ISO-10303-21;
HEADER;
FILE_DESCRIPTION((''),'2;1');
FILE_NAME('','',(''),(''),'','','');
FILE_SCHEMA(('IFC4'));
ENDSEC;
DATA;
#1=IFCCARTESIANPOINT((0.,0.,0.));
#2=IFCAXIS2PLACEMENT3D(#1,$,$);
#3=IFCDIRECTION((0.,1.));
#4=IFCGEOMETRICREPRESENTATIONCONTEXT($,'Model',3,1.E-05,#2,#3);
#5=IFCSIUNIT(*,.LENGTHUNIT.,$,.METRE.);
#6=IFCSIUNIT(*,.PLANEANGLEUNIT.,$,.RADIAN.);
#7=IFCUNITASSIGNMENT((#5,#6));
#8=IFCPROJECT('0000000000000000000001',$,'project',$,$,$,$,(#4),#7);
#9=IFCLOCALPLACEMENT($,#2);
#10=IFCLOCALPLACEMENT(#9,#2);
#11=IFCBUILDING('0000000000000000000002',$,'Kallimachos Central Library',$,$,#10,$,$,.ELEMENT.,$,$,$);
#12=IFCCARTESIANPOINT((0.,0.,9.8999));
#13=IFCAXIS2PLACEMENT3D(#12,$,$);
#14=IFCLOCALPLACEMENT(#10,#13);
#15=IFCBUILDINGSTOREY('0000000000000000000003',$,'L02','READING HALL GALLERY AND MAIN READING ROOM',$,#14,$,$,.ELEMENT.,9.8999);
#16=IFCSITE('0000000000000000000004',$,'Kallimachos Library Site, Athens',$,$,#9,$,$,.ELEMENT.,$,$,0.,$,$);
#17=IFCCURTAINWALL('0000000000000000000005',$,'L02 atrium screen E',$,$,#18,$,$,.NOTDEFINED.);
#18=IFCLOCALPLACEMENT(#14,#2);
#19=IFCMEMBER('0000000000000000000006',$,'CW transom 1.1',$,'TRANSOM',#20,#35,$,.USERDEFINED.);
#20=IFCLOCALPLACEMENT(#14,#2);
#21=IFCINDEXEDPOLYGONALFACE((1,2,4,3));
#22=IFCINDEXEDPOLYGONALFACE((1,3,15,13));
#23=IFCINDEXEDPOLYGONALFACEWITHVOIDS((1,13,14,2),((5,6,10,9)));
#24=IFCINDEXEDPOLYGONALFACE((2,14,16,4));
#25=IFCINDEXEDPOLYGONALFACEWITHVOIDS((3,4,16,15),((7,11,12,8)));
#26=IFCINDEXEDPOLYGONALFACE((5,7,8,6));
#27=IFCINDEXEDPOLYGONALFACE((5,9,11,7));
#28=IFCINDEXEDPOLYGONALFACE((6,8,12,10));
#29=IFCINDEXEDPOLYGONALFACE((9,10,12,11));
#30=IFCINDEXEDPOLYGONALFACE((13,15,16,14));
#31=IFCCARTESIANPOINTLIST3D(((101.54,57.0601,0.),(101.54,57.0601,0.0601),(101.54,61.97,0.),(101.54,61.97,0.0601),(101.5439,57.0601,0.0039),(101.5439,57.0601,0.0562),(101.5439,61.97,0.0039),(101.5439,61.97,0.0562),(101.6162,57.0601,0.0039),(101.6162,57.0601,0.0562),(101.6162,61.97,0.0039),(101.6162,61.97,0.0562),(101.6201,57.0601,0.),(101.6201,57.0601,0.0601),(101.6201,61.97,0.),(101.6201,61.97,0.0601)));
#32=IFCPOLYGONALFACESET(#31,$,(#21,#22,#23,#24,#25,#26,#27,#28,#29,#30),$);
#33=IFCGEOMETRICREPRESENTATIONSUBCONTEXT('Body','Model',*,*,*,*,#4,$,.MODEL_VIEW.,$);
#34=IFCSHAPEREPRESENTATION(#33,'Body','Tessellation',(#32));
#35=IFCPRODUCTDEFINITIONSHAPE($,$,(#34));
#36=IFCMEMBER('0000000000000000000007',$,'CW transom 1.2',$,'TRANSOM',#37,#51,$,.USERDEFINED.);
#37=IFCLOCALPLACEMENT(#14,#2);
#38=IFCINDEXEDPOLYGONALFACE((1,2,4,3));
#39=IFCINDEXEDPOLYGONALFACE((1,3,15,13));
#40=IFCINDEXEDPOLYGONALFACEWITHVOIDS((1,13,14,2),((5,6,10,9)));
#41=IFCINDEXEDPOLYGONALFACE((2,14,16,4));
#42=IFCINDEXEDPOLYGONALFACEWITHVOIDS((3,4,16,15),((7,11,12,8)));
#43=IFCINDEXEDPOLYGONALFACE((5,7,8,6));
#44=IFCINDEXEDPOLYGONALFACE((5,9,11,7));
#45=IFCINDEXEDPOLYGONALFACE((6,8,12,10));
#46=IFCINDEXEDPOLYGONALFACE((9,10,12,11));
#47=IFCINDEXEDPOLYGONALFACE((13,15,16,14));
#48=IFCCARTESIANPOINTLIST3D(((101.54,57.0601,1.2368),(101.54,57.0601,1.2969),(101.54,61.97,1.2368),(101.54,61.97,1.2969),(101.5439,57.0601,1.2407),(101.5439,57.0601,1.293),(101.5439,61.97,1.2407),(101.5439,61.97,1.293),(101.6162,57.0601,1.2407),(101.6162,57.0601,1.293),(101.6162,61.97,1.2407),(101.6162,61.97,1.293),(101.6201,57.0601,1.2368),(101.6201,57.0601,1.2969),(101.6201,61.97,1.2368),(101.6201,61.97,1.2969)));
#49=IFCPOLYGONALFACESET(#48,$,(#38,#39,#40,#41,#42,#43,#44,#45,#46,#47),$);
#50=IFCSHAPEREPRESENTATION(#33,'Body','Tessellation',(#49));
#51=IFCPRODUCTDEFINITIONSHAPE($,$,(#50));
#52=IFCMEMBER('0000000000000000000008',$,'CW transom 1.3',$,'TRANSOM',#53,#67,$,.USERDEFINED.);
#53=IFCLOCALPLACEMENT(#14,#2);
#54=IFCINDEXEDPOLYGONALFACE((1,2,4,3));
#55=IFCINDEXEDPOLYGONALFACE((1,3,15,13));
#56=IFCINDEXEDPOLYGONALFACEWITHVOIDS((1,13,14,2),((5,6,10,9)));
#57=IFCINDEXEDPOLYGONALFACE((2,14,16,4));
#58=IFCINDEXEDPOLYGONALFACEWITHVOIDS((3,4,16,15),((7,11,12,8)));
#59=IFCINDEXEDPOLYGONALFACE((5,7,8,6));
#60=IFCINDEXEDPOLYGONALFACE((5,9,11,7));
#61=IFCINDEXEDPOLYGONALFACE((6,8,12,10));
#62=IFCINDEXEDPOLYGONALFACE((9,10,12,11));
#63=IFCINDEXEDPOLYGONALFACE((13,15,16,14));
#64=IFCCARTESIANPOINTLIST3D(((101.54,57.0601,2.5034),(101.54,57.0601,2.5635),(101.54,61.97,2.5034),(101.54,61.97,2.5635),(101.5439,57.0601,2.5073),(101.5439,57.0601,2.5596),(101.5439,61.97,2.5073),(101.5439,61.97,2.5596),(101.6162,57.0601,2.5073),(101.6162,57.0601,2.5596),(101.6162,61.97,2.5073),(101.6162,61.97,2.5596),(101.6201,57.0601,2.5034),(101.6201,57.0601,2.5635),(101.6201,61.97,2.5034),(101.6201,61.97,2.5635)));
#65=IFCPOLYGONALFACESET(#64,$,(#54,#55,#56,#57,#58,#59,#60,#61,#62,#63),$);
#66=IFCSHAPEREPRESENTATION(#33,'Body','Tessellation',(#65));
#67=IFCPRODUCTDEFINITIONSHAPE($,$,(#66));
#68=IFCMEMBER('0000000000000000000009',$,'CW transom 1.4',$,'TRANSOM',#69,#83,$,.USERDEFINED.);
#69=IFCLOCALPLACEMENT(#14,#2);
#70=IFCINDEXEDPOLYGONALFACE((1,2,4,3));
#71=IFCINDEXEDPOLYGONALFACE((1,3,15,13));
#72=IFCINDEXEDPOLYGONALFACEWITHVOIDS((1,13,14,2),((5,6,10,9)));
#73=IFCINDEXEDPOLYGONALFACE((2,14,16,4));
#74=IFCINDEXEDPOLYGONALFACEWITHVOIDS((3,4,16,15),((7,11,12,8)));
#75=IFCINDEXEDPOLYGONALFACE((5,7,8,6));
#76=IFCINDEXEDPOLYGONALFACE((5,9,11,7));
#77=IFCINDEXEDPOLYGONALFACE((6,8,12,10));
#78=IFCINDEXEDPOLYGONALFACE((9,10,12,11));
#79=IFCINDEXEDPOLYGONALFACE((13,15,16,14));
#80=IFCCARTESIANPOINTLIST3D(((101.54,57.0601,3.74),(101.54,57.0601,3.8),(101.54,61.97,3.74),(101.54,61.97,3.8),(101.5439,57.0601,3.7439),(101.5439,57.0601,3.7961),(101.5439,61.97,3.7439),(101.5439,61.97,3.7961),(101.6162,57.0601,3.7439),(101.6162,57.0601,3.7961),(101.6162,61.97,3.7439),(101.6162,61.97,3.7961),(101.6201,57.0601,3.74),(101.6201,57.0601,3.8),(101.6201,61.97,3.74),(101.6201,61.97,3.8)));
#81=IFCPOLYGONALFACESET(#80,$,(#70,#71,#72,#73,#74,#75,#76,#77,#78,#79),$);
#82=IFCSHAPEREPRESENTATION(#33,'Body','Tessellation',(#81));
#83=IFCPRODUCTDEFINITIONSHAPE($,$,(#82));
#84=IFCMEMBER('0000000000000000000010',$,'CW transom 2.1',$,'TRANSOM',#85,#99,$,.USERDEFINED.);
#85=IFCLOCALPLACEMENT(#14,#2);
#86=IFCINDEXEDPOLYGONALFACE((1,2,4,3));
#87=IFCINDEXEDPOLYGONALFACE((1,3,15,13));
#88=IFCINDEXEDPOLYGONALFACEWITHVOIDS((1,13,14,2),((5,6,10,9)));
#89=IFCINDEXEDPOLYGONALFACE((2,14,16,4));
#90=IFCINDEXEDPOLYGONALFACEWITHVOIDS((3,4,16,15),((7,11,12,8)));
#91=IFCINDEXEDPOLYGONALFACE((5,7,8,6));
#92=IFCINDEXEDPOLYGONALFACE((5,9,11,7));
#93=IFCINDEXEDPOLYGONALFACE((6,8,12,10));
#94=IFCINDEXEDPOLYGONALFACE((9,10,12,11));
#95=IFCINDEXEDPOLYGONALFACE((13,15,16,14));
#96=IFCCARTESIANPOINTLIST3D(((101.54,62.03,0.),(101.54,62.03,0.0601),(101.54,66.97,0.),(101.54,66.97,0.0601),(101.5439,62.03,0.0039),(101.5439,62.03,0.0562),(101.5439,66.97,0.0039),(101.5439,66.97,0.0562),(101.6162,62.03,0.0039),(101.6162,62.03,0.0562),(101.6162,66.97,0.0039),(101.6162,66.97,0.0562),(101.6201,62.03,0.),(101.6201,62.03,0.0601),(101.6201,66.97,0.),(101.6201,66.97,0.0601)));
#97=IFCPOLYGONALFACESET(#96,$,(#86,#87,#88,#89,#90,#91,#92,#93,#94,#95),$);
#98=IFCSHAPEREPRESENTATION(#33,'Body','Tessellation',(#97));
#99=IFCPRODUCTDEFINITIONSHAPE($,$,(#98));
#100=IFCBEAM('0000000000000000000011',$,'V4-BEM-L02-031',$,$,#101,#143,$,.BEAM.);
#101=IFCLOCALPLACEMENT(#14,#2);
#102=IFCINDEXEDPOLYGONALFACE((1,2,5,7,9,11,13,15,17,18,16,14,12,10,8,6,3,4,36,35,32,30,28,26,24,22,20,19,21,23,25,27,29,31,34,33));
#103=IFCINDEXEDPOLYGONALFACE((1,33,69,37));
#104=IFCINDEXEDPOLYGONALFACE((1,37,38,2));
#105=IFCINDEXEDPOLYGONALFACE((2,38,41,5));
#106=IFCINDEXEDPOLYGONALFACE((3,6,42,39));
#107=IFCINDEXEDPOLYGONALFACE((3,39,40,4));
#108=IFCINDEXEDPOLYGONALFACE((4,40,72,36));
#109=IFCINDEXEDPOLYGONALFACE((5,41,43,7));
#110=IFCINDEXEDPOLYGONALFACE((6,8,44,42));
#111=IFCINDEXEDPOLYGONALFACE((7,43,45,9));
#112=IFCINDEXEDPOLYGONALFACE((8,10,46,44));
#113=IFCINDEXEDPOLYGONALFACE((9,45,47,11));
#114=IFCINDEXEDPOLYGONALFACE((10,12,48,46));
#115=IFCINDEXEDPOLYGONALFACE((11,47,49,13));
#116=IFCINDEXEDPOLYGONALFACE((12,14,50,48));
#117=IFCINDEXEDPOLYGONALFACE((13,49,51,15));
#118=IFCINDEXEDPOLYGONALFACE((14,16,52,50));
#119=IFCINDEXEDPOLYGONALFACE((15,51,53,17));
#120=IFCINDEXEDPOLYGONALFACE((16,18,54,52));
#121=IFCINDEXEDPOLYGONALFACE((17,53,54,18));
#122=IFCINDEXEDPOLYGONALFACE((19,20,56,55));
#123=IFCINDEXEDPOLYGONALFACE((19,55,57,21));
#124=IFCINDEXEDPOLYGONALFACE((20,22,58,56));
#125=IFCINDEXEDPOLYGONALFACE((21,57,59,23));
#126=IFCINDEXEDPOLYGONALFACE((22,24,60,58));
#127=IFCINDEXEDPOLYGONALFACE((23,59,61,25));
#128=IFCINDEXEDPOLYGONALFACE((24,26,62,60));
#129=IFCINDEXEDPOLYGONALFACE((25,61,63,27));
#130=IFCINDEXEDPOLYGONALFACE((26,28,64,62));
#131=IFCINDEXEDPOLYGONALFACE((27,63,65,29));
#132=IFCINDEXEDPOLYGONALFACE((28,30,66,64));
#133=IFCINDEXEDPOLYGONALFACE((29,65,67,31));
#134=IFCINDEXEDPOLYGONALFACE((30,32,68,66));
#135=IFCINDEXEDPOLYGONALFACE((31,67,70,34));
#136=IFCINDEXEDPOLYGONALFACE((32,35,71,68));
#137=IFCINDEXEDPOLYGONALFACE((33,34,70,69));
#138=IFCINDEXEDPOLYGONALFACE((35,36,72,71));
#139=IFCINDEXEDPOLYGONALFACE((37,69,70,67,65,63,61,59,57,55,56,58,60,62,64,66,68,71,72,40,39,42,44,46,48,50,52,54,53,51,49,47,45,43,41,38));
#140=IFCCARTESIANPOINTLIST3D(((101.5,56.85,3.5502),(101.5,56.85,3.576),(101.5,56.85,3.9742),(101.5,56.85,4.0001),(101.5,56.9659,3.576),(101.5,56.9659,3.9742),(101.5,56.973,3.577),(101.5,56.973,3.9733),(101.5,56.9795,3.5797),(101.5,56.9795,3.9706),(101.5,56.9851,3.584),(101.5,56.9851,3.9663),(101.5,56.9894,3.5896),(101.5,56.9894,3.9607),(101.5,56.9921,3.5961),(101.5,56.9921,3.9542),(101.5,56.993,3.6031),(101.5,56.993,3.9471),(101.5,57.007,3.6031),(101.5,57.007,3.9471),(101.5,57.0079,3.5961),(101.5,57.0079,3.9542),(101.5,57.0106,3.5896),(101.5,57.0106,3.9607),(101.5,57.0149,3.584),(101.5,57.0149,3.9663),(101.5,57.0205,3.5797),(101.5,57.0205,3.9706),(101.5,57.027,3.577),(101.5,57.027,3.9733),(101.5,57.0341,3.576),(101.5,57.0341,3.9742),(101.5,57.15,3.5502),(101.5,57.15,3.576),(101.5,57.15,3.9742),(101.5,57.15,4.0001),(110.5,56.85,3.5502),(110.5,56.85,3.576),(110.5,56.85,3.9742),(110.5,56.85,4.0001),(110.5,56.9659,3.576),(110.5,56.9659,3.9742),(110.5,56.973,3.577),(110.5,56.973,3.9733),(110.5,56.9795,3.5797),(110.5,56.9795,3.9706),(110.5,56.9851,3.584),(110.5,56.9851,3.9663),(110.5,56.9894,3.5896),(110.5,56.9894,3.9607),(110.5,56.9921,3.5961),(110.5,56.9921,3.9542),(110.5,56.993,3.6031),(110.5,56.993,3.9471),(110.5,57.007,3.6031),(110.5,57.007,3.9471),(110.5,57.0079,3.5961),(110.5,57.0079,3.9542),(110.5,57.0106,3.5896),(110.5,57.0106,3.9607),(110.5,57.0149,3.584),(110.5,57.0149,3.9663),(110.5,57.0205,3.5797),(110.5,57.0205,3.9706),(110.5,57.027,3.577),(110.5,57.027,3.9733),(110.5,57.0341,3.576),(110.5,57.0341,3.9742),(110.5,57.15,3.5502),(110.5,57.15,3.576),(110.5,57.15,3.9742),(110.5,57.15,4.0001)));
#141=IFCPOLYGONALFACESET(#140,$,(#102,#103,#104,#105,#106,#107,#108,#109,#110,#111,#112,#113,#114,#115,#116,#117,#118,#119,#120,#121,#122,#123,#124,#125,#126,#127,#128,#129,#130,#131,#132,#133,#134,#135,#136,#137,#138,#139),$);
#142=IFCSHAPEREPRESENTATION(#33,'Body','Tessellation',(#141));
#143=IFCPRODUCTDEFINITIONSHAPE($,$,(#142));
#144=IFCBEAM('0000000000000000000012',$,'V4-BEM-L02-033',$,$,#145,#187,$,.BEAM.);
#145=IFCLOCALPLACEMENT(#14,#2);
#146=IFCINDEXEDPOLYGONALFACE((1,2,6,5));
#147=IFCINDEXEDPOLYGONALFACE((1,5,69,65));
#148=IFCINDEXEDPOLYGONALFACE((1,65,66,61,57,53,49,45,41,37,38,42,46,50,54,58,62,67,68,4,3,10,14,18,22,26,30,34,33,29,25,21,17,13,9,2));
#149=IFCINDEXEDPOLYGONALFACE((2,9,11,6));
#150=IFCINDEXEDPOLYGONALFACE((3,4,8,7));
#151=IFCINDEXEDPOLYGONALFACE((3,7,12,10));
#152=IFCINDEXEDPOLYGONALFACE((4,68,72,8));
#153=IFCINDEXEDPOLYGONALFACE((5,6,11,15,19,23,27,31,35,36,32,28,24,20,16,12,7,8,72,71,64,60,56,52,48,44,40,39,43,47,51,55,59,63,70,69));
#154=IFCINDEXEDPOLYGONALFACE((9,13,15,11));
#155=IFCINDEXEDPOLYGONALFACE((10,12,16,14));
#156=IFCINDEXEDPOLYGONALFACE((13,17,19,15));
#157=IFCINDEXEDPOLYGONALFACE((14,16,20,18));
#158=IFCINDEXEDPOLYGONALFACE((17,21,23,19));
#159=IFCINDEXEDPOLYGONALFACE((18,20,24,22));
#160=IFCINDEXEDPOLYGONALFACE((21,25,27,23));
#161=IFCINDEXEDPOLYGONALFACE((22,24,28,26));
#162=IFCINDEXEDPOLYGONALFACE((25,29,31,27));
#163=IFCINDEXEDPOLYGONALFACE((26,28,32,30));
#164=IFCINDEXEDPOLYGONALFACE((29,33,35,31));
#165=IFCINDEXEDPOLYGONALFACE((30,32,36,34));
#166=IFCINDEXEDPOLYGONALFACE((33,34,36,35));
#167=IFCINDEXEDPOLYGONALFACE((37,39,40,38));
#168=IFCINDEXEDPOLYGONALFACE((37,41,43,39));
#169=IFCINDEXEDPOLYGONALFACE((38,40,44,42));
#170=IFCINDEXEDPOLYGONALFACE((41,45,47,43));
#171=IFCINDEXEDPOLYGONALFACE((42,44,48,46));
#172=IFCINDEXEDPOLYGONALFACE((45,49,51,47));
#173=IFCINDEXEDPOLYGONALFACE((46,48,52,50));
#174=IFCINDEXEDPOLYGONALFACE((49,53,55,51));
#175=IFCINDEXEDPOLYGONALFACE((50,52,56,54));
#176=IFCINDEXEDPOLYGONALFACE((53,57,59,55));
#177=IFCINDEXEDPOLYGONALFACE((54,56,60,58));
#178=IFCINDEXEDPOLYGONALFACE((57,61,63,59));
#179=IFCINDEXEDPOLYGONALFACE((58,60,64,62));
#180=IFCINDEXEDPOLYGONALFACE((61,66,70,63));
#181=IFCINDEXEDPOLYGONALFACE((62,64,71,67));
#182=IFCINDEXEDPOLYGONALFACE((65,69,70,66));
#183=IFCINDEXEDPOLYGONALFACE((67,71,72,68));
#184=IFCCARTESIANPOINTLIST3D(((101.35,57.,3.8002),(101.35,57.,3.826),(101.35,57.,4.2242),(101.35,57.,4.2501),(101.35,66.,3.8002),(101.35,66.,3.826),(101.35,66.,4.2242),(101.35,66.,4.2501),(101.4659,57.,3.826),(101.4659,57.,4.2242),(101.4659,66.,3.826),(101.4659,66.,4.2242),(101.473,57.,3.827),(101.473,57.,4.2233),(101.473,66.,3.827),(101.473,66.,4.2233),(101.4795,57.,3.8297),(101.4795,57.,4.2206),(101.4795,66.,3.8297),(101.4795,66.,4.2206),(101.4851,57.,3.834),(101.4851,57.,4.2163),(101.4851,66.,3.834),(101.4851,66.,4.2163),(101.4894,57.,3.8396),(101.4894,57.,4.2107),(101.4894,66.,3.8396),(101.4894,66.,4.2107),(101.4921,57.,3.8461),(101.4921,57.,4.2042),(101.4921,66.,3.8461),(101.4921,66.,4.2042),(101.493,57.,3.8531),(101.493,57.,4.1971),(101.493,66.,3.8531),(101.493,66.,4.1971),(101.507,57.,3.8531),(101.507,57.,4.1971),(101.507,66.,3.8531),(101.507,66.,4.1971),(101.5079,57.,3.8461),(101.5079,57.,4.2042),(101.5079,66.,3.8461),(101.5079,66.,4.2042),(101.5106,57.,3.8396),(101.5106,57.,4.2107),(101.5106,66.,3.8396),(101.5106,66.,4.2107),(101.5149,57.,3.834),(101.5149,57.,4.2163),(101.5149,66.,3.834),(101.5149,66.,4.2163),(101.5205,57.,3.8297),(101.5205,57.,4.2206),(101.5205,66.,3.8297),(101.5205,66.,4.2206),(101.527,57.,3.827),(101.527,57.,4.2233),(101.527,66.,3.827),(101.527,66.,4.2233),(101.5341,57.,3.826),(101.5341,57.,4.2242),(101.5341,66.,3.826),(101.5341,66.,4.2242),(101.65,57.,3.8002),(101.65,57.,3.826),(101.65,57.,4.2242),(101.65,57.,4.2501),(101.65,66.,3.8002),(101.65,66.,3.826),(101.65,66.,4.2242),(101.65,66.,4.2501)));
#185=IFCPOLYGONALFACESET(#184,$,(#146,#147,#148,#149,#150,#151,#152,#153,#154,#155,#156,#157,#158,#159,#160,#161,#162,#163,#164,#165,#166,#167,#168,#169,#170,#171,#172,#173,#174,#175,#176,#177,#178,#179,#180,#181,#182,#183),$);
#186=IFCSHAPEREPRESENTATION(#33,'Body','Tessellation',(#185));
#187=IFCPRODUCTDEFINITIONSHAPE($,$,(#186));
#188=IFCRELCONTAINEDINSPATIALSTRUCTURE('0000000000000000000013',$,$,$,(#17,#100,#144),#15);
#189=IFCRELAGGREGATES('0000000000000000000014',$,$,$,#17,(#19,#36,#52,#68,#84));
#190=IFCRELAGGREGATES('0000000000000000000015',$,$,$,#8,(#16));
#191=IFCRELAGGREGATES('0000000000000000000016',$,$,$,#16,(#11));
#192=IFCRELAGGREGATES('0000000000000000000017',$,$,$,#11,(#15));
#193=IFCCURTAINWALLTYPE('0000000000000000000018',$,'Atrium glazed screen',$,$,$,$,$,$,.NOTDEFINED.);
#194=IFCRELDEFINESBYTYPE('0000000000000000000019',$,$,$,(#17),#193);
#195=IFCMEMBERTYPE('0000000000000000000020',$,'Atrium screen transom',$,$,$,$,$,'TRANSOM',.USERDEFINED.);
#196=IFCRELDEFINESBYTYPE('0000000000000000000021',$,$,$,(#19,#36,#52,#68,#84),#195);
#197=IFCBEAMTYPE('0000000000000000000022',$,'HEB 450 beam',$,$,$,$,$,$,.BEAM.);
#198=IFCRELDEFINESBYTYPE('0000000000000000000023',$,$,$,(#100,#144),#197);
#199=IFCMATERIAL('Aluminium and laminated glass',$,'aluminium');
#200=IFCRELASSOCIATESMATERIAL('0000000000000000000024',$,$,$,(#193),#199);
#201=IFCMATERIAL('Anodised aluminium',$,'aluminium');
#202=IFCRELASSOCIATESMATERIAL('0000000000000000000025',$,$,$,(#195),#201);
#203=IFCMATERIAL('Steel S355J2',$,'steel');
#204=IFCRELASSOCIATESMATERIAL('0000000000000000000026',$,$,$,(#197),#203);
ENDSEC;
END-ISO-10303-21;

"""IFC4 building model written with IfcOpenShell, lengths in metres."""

from ifc_helpers import new_model, si_unit, direction, frame, origin, origin_2d, place, context, subcontext, project, spatial, hollow_rectangle, i_section, extrude, material, material_profile, profile_set, type_object, element, aggregate, save


model = new_model("IFC4")

# Units and contexts
model_context = context("Model", 3, precision=1e-05, world=origin(), true_north=direction((0.0, 1.0)))
body_context = subcontext(model_context, "Body", "Model", "MODEL_VIEW")
ifc_project = project(units=[si_unit("LENGTHUNIT", "METRE"), si_unit("PLANEANGLEUNIT", "RADIAN")], contexts=[model_context])

# Site, building, storey
site_placement = place(None, origin())
site = spatial("IfcSite", under=ifc_project, at=site_placement, Name="Kallimachos Library Site, Athens", CompositionType="ELEMENT", RefElevation=0.0)
building_placement = place(site_placement, origin())
building = spatial("IfcBuilding", under=site, at=building_placement, Name="Kallimachos Central Library", CompositionType="ELEMENT")
storey_placement = place(building_placement, frame((0.0, 0.0, 9.8999)))
storey = spatial("IfcBuildingStorey", under=building, at=storey_placement, Name="L02", Description="READING HALL GALLERY AND MAIN READING ROOM", CompositionType="ELEMENT", Elevation=9.8999)

# Curtain wall
ifc_material_1 = material(Name="Aluminium and laminated glass", Category="aluminium")
curtain_wall_type = type_object("IfcCurtainWallType", Name="Atrium glazed screen", PredefinedType="NOTDEFINED", material=ifc_material_1)
curtain_wall_1_placement = place(storey_placement, origin())
curtain_wall_1 = element("IfcCurtainWall", 1, at=curtain_wall_1_placement, inside=storey, type_object=curtain_wall_type, Name="L02 atrium screen E", PredefinedType="NOTDEFINED")

# Members
ifc_material_2 = material(Name="Anodised aluminium", Category="aluminium")
ifc_material_profile_1 = material_profile(ifc_material_2, hollow_rectangle(XDim=0.0601, YDim=0.0801, WallThickness=0.0039, at=origin_2d()), Name="ALU TRANSOM 60x80")
ifc_profile_set_1 = profile_set([ifc_material_profile_1], Name="Anodised aluminium")
member_type_1 = type_object("IfcMemberType", Name="Atrium screen transom", ElementType="TRANSOM", PredefinedType="USERDEFINED", material=ifc_profile_set_1)
member_1_placement = place(storey_placement, frame((101.5801, 57.0601, 0.03), z_axis=(0.0, 1.0, 0.0), x_axis=(0.0, 0.0, 1.0)))
member_1 = element("IfcMember", 2, at=member_1_placement, type_object=member_type_1, Name="CW transom 1.1", ObjectType="TRANSOM", PredefinedType="USERDEFINED", context=body_context, shape_type="SweptSolid", body=[
    extrude(hollow_rectangle(XDim=0.0601, YDim=0.0801, WallThickness=0.0039, at=origin_2d()), origin(), (0.0, 0.0, 1.0), 4.9099),
])
member_2_placement = place(storey_placement, frame((101.5801, 57.0601, 1.2668), z_axis=(0.0, 1.0, 0.0), x_axis=(0.0, 0.0, 1.0)))
member_2 = element("IfcMember", 3, at=member_2_placement, type_object=member_type_1, Name="CW transom 1.2", ObjectType="TRANSOM", PredefinedType="USERDEFINED", context=body_context, shape_type="SweptSolid", body=[
    extrude(hollow_rectangle(XDim=0.0601, YDim=0.0801, WallThickness=0.0039, at=origin_2d()), origin(), (0.0, 0.0, 1.0), 4.9099),
])
member_3_placement = place(storey_placement, frame((101.5801, 57.0601, 2.5334), z_axis=(0.0, 1.0, 0.0), x_axis=(0.0, 0.0, 1.0)))
member_3 = element("IfcMember", 4, at=member_3_placement, type_object=member_type_1, Name="CW transom 1.3", ObjectType="TRANSOM", PredefinedType="USERDEFINED", context=body_context, shape_type="SweptSolid", body=[
    extrude(hollow_rectangle(XDim=0.0601, YDim=0.0801, WallThickness=0.0039, at=origin_2d()), origin(), (0.0, 0.0, 1.0), 4.9099),
])
member_4_placement = place(storey_placement, frame((101.5801, 57.0601, 3.77), z_axis=(0.0, 1.0, 0.0), x_axis=(0.0, 0.0, 1.0)))
member_4 = element("IfcMember", 5, at=member_4_placement, type_object=member_type_1, Name="CW transom 1.4", ObjectType="TRANSOM", PredefinedType="USERDEFINED", context=body_context, shape_type="SweptSolid", body=[
    extrude(hollow_rectangle(XDim=0.0601, YDim=0.0801, WallThickness=0.0039, at=origin_2d()), origin(), (0.0, 0.0, 1.0), 4.9099),
])
member_5_placement = place(storey_placement, frame((101.5801, 62.03, 0.03), z_axis=(0.0, 1.0, 0.0), x_axis=(0.0, 0.0, 1.0)))
member_5 = element("IfcMember", 6, at=member_5_placement, type_object=member_type_1, Name="CW transom 2.1", ObjectType="TRANSOM", PredefinedType="USERDEFINED", context=body_context, shape_type="SweptSolid", body=[
    extrude(hollow_rectangle(XDim=0.0601, YDim=0.0801, WallThickness=0.0039, at=origin_2d()), origin(), (0.0, 0.0, 1.0), 4.9399),
])

# Beams
ifc_material_3 = material(Name="Steel S355J2", Category="steel")
ifc_material_profile_2 = material_profile(ifc_material_3, i_section(OverallWidth=0.3, OverallDepth=0.45, WebThickness=0.0139, FlangeThickness=0.0259, FilletRadius=0.0271, at=origin_2d()), Name="HEB 450")
ifc_profile_set_2 = profile_set([ifc_material_profile_2], Name="Steel S355J2")
beam_type = type_object("IfcBeamType", Name="HEB 450 beam", PredefinedType="BEAM", material=ifc_profile_set_2)
for number, where, z_axis, x_axis, name in (
    (7, (101.5, 57.0, 3.7751), (1.0, 0.0, 0.0), (0.0, 1.0, 0.0), "V4-BEM-L02-031"),
    (8, (101.5, 57.0, 4.0251), (0.0, 1.0, 0.0), (-1.0, 0.0, 0.0), "V4-BEM-L02-033"),
):
    element("IfcBeam", number, at=place(storey_placement, frame(where, z_axis=z_axis, x_axis=x_axis)), inside=storey, type_object=beam_type, Name=name, PredefinedType="BEAM", context=body_context, shape_type="SweptSolid", body=[
        extrude(i_section(OverallWidth=0.3, OverallDepth=0.45, WebThickness=0.0139, FlangeThickness=0.0259, FilletRadius=0.0271, at=origin_2d()), origin(), (0.0, 0.0, 1.0), 9.0),
    ])

aggregate(curtain_wall_1, [member_1, member_2, member_3, member_4, member_5])

save(model, "model.ifc")
